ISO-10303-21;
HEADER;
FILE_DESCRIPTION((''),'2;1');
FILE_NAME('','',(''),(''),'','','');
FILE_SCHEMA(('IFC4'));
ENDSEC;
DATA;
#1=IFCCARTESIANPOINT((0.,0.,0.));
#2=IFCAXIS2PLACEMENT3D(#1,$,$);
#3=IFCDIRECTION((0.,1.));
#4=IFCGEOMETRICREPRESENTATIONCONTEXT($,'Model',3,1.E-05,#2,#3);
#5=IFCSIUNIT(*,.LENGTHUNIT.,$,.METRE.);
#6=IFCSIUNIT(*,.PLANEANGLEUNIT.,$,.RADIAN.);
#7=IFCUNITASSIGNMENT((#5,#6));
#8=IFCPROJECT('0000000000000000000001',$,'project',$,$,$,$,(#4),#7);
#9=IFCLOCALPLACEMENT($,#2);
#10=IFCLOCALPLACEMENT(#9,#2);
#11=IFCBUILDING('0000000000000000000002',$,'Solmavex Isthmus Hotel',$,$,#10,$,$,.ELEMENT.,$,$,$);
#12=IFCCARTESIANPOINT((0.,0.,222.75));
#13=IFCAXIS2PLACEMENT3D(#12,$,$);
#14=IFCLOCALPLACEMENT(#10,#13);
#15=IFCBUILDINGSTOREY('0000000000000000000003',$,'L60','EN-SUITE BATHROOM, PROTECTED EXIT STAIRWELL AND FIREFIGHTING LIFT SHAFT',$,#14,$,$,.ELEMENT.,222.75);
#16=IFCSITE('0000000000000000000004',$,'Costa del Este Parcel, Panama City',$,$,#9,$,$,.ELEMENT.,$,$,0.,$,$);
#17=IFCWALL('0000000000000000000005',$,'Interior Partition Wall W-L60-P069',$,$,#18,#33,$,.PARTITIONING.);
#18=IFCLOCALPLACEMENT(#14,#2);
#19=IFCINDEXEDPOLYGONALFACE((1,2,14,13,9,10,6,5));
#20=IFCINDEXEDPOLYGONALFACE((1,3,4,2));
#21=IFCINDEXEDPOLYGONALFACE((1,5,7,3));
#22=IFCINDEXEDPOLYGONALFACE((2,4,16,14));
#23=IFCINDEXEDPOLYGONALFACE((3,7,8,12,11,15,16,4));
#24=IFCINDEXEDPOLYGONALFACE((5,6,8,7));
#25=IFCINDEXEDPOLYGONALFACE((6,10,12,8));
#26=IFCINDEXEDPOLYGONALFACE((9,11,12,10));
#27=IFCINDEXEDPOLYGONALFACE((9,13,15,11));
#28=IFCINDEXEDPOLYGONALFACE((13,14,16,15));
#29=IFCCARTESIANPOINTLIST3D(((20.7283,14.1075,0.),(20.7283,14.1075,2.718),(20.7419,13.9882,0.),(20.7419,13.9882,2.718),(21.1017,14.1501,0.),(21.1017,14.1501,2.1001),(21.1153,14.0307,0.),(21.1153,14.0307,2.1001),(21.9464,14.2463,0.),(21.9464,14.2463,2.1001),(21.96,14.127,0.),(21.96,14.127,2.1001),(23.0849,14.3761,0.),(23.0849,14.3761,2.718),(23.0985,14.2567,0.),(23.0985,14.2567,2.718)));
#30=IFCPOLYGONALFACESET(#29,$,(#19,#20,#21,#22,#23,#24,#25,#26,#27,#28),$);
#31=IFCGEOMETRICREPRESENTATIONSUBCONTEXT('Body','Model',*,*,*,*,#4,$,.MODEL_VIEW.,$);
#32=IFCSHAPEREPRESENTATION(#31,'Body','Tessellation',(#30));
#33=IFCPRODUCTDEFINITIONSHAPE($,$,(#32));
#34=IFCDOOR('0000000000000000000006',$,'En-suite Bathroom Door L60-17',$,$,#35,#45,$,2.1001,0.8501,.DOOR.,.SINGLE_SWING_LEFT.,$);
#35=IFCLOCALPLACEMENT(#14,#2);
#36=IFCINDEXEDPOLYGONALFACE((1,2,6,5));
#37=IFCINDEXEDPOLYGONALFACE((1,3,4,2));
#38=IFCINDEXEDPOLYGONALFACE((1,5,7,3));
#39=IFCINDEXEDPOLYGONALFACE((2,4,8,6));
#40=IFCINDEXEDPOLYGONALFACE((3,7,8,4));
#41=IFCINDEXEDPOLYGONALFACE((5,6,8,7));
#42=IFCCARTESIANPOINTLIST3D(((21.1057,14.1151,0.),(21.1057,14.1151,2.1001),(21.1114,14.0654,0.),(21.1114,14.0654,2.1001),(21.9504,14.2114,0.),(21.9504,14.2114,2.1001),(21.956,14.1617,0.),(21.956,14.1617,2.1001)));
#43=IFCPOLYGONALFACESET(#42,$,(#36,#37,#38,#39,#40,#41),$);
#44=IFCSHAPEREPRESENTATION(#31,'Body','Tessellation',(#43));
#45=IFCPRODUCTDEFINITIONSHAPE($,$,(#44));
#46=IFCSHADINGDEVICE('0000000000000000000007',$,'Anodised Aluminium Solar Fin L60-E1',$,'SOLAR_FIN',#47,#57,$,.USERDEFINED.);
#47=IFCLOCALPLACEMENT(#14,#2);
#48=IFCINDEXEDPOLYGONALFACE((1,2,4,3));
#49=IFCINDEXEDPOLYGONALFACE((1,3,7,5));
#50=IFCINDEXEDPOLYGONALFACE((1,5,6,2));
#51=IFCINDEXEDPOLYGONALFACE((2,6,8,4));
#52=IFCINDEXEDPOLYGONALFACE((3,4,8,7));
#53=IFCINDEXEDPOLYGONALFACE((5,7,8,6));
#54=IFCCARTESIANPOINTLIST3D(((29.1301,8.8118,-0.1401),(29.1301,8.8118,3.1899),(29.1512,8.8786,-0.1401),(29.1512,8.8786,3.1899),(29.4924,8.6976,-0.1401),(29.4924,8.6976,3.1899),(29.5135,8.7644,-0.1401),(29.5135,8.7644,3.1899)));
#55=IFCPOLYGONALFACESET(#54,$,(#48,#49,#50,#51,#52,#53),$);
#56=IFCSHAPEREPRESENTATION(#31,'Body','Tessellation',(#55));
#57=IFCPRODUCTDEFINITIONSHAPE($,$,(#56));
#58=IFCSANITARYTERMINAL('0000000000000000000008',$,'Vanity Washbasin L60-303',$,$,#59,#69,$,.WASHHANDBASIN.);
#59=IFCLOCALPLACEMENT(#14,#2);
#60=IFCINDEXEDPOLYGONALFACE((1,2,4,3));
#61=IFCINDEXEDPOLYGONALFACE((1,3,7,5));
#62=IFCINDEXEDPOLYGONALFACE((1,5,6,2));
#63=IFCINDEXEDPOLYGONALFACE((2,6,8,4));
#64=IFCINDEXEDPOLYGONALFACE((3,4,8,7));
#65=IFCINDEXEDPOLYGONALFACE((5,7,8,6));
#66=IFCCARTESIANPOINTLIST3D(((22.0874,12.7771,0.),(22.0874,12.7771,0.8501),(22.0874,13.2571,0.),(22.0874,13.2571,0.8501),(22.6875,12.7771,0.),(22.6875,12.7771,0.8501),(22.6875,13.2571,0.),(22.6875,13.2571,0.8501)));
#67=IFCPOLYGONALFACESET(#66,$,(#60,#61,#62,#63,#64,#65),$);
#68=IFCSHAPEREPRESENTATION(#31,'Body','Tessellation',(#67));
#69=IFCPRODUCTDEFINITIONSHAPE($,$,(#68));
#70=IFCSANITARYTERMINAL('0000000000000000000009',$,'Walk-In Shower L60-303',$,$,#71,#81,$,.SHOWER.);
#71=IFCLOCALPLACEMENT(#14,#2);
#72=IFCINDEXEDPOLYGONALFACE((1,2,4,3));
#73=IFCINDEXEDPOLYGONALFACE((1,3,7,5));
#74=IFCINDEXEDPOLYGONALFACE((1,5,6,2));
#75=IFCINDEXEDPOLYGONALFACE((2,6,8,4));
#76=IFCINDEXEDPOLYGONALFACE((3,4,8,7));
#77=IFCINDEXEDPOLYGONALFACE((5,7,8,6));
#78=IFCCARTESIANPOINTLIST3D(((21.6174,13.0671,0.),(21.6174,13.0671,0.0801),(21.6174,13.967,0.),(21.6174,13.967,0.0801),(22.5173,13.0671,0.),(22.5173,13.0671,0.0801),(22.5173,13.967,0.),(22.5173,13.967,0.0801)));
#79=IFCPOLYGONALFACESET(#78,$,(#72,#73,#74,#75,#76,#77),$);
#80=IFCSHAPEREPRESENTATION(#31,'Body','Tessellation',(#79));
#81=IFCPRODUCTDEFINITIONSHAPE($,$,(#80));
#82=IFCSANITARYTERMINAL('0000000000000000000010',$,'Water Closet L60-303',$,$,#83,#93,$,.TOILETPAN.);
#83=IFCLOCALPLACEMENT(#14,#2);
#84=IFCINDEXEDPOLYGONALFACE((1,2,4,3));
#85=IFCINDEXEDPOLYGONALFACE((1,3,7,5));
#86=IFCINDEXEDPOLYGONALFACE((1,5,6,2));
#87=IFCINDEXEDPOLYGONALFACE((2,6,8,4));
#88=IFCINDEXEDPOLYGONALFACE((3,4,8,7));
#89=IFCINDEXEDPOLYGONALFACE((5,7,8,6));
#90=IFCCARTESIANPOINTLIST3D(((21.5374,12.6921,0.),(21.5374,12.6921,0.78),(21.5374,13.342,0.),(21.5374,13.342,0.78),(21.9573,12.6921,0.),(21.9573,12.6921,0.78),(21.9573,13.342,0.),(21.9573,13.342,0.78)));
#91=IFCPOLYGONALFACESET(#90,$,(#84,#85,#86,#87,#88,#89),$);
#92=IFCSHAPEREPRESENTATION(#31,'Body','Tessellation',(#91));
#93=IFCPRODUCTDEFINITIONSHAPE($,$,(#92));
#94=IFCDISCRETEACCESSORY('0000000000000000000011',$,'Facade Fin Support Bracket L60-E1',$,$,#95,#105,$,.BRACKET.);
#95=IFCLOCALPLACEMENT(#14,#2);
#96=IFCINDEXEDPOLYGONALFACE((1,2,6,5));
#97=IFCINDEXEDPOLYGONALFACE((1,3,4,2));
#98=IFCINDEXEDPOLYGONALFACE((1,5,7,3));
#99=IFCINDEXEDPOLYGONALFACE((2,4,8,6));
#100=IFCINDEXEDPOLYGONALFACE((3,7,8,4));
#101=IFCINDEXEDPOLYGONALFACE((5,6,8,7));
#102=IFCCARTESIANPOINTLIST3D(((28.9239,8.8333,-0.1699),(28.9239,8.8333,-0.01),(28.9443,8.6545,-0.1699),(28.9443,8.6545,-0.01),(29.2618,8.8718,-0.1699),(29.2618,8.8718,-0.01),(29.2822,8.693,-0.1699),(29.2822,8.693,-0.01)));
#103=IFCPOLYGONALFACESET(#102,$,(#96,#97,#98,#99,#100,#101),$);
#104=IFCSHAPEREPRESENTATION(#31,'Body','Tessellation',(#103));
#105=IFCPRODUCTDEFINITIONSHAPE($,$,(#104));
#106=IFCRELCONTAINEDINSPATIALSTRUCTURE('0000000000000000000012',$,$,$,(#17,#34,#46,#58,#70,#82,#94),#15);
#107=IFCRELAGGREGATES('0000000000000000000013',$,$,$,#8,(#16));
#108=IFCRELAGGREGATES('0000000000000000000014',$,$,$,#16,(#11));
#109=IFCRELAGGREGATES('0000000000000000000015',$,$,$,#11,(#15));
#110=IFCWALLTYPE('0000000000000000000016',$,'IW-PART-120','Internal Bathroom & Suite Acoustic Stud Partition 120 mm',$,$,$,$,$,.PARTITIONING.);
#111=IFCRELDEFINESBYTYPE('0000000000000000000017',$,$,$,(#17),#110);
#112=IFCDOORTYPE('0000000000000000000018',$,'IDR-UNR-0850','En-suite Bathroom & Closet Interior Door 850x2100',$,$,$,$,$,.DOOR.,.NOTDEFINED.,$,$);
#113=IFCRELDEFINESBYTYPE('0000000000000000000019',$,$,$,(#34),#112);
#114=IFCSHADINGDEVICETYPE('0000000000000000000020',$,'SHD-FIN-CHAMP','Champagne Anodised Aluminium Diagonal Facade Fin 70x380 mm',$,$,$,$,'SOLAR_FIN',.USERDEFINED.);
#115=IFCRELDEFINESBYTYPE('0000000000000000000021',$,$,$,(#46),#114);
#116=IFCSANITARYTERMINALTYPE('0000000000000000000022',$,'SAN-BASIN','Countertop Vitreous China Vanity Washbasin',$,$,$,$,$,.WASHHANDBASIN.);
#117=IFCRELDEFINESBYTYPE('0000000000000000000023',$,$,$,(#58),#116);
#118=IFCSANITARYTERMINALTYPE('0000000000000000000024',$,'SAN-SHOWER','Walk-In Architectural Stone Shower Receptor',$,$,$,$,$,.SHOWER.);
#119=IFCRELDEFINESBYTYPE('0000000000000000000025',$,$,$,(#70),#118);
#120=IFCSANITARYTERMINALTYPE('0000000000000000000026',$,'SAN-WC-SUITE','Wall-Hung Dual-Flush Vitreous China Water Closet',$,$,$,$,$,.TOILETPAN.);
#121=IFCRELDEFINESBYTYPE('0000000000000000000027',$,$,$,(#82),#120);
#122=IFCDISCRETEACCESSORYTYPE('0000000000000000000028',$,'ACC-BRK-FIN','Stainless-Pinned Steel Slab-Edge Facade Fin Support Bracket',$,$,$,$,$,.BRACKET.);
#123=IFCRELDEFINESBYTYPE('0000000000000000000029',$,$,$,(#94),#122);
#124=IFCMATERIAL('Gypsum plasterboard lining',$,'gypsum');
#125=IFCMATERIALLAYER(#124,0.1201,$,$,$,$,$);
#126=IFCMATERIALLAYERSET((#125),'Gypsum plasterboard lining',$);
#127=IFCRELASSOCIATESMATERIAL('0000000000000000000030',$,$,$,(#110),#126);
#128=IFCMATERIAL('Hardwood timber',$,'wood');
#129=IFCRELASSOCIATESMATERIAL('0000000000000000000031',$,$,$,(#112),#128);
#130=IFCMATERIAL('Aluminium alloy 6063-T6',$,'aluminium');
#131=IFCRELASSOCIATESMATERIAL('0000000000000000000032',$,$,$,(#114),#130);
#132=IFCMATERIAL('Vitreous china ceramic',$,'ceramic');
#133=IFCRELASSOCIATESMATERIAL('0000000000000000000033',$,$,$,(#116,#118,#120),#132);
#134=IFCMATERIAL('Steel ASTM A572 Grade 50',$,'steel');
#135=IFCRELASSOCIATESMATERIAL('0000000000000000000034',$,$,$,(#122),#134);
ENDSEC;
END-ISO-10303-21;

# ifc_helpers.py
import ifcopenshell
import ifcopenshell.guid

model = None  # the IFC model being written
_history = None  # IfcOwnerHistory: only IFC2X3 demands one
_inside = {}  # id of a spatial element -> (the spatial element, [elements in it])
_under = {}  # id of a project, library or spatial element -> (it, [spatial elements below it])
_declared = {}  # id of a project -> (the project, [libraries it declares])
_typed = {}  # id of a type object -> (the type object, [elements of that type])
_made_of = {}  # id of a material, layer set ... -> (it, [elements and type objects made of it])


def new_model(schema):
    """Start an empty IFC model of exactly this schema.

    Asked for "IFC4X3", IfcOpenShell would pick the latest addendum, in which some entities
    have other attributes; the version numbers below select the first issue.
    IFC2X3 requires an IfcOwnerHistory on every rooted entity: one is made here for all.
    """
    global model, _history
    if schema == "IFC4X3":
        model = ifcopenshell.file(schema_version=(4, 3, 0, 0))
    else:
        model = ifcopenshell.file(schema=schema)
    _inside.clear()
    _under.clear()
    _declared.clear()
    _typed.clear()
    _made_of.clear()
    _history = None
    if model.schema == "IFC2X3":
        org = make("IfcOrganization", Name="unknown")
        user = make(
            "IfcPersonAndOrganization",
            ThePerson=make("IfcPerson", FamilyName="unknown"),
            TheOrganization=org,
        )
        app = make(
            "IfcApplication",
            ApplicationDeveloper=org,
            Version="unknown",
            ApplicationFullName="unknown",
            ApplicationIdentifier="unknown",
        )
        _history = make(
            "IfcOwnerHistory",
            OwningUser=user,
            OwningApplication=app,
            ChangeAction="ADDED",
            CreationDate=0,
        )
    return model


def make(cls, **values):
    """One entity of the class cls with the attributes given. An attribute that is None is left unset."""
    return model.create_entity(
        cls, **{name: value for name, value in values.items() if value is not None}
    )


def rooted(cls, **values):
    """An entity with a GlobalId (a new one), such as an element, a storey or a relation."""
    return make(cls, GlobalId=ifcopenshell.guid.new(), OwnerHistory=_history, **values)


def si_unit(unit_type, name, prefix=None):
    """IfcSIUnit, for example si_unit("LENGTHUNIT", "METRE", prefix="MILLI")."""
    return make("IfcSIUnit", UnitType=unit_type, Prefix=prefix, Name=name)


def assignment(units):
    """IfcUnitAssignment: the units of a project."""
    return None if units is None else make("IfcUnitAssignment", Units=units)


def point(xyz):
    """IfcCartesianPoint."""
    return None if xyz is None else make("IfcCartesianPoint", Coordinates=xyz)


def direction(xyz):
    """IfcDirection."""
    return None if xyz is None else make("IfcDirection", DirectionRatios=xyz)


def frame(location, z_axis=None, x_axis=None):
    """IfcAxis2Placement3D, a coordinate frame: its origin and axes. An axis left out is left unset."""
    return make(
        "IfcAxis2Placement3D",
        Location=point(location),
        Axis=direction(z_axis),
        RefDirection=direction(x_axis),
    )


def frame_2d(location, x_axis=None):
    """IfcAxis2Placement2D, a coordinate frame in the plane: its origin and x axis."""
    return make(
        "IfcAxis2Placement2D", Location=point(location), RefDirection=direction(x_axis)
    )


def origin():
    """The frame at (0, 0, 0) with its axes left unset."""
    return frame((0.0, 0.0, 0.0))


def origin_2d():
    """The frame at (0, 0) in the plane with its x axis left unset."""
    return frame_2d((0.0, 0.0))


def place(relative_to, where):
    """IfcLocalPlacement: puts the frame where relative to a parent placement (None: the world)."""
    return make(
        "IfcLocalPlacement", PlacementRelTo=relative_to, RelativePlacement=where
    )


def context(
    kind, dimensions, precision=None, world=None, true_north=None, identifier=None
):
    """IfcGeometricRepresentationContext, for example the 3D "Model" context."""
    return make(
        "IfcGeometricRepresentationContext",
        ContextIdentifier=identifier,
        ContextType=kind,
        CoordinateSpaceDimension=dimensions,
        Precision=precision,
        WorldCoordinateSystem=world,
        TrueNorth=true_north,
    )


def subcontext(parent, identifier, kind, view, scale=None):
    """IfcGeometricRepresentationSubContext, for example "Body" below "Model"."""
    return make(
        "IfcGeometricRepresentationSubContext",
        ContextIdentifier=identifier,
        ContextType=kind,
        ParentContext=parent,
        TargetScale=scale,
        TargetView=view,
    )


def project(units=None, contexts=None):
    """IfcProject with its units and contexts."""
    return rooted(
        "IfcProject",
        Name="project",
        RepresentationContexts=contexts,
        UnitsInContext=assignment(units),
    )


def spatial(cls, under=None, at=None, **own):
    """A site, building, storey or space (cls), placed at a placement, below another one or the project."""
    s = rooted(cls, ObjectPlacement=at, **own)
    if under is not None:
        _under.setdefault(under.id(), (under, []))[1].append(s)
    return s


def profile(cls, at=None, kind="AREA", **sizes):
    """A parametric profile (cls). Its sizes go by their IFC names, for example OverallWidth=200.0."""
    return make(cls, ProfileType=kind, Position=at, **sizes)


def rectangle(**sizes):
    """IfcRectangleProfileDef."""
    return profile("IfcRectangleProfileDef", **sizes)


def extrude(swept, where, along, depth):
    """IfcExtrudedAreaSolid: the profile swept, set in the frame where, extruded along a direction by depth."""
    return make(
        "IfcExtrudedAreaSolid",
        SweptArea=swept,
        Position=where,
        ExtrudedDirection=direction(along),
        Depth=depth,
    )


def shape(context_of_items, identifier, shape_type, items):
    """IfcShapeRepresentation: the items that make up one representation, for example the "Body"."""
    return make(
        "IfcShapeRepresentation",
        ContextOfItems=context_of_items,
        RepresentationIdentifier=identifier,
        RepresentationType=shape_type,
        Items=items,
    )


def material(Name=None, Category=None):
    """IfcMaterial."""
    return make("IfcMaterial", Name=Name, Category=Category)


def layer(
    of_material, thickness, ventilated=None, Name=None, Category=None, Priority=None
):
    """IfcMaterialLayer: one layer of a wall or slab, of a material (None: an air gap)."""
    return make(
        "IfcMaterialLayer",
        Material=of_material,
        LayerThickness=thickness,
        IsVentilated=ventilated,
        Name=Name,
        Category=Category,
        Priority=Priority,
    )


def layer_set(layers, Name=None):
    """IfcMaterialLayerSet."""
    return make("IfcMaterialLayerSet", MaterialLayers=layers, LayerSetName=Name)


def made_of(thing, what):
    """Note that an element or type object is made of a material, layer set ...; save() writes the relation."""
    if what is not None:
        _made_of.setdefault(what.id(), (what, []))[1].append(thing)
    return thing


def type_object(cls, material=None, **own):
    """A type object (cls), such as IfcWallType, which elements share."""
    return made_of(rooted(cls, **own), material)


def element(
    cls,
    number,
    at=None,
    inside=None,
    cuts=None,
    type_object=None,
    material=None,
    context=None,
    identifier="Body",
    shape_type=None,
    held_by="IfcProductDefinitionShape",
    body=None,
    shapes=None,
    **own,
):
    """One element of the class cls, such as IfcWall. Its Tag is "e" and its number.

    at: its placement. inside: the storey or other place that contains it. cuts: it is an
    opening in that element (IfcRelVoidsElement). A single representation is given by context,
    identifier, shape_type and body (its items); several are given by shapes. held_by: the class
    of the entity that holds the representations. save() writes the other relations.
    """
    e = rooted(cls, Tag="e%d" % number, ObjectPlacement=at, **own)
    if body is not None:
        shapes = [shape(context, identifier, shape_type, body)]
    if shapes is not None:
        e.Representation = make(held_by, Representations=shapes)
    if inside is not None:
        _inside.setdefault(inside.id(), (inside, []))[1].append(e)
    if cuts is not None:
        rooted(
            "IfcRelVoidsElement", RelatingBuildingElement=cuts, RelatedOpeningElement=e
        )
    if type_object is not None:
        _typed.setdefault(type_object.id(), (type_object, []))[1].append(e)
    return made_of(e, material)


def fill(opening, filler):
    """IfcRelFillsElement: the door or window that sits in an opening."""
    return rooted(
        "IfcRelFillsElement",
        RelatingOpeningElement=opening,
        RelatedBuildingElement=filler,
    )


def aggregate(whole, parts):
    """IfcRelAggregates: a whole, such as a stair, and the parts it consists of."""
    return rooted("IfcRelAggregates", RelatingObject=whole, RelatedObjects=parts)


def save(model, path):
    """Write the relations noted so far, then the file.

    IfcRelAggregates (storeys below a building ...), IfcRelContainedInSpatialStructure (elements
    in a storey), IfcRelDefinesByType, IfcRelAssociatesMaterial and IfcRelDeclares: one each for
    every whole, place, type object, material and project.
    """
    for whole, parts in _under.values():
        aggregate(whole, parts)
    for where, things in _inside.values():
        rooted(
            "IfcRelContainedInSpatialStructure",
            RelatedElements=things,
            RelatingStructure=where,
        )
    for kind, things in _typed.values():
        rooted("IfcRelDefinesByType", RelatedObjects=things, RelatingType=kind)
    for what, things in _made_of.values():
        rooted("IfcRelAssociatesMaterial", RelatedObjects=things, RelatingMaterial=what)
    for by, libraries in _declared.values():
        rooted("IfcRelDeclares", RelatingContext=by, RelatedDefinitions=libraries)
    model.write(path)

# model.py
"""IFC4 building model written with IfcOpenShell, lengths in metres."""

from ifc_helpers import new_model, si_unit, direction, frame, frame_2d, origin, origin_2d, place, context, subcontext, project, spatial, rectangle, extrude, material, layer, layer_set, type_object, element, fill, save


model = new_model("IFC4")

# Units and contexts
model_context = context("Model", 3, precision=1e-05, world=origin(), true_north=direction((0.0, 1.0)))
body_context = subcontext(model_context, "Body", "Model", "MODEL_VIEW")
ifc_project = project(units=[si_unit("LENGTHUNIT", "METRE"), si_unit("PLANEANGLEUNIT", "RADIAN")], contexts=[model_context])

# Site, building, storey
site_placement = place(None, origin())
site = spatial("IfcSite", under=ifc_project, at=site_placement, Name="Costa del Este Parcel, Panama City", CompositionType="ELEMENT", RefElevation=0.0)
building_placement = place(site_placement, origin())
building = spatial("IfcBuilding", under=site, at=building_placement, Name="Solmavex Isthmus Hotel", CompositionType="ELEMENT")
storey_placement = place(building_placement, frame((0.0, 0.0, 222.75)))
storey = spatial("IfcBuildingStorey", under=building, at=storey_placement, Name="L60", Description="EN-SUITE BATHROOM, PROTECTED EXIT STAIRWELL AND FIREFIGHTING LIFT SHAFT", CompositionType="ELEMENT", Elevation=222.75)

# Shared definitions
ifc_material_1 = material(Name="Aluminium alloy 6063-T6", Category="aluminium")

# Shared definitions
ifc_material_2 = material(Name="Gypsum plasterboard lining", Category="gypsum")

# Shared definitions
ifc_material_3 = material(Name="Hardwood timber", Category="wood")

# Shared definitions
ifc_layer_1 = layer(ifc_material_2, 0.1201)
ifc_layer_set_1 = layer_set([ifc_layer_1], Name="Gypsum plasterboard lining")
wall_type_1 = type_object("IfcWallType", Name="IW-PART-120", Description="Internal Bathroom & Suite Acoustic Stud Partition 120 mm", PredefinedType="PARTITIONING", material=ifc_layer_set_1)

# Wall, opening, door
wall_1_placement = place(storey_placement, frame((23.0918, 14.3164, 0.0), z_axis=(0.0, 0.0, 1.0), x_axis=(-0.99357, -0.113221, 0.0)))
wall_1 = element("IfcWall", 1, at=wall_1_placement, inside=storey, type_object=wall_type_1, Name="Interior Partition Wall W-L60-P069", PredefinedType="PARTITIONING", context=body_context, shape_type="SweptSolid", body=[
    extrude(rectangle(XDim=2.3718, YDim=0.1201, at=frame_2d((1.186, 0.0))), origin(), (0.0, 0.0, 1.0), 2.718),
])
opening_1_placement = place(wall_1_placement, frame((1.146, 0.0, 0.0)))
opening_1 = element("IfcOpeningElement", 2, at=opening_1_placement, cuts=wall_1, PredefinedType="OPENING", context=body_context, shape_type="SweptSolid", body=[
    extrude(rectangle(XDim=0.8501, YDim=2.1001, at=frame_2d((0.425, 1.05))), frame((0.0, 0.0701, 0.0), z_axis=(0.0, -1.0, 0.0), x_axis=(1.0, 0.0, 0.0)), (0.0, 0.0, 1.0), 0.1401),
])
door_type_1 = type_object("IfcDoorType", Name="IDR-UNR-0850", Description="En-suite Bathroom & Closet Interior Door 850x2100", OperationType="NOTDEFINED", PredefinedType="DOOR", material=ifc_material_3)
door_1_placement = place(opening_1_placement, frame((0.8501, 0.0, 0.0), z_axis=(0.0, 0.0, 1.0), x_axis=(-1.0, 0.0, 0.0)))
door_1 = element("IfcDoor", 3, at=door_1_placement, inside=storey, type_object=door_type_1, Name="En-suite Bathroom Door L60-17", OperationType="SINGLE_SWING_LEFT", OverallHeight=2.1001, OverallWidth=0.8501, PredefinedType="DOOR", context=body_context, shape_type="SweptSolid", body=[
    extrude(rectangle(XDim=0.8501, YDim=2.1001, at=frame_2d((0.425, 1.05))), frame((0.0, 0.0249, 0.0), z_axis=(0.0, -1.0, 0.0), x_axis=(1.0, 0.0, 0.0)), (0.0, 0.0, 1.0), 0.05),
])
fill(opening_1, door_1)

# Shading device
shading_device_type = type_object("IfcShadingDeviceType", Name="SHD-FIN-CHAMP", Description="Champagne Anodised Aluminium Diagonal Facade Fin 70x380 mm", ElementType="SOLAR_FIN", PredefinedType="USERDEFINED", material=ifc_material_1)
shading_device_placement = place(storey_placement, frame((29.3218, 8.7881, -0.1401), z_axis=(0.0, 0.0, 1.0), x_axis=(0.953717, -0.300706, 0.0)))
element("IfcShadingDevice", 4, at=shading_device_placement, inside=storey, type_object=shading_device_type, Name="Anodised Aluminium Solar Fin L60-E1", ObjectType="SOLAR_FIN", PredefinedType="USERDEFINED", context=body_context, shape_type="SweptSolid", body=[
    extrude(rectangle(XDim=0.3799, YDim=0.0701, at=origin_2d()), origin(), (0.0, 0.0, 1.0), 3.3301),
])

# Sanitary terminals
ifc_material_4 = material(Name="Vitreous china ceramic", Category="ceramic")
sanitary_terminal_type_1 = type_object("IfcSanitaryTerminalType", Name="SAN-BASIN", Description="Countertop Vitreous China Vanity Washbasin", PredefinedType="WASHHANDBASIN", material=ifc_material_4)
sanitary_terminal_1_placement = place(storey_placement, frame((22.3875, 13.0171, 0.0), z_axis=(0.0, 0.0, 1.0), x_axis=(1.0, 0.0, 0.0)))
element("IfcSanitaryTerminal", 5, at=sanitary_terminal_1_placement, inside=storey, type_object=sanitary_terminal_type_1, Name="Vanity Washbasin L60-303", PredefinedType="WASHHANDBASIN", context=body_context, shape_type="SweptSolid", body=[
    extrude(rectangle(XDim=0.6001, YDim=0.48, at=origin_2d()), origin(), (0.0, 0.0, 1.0), 0.8501),
])
sanitary_terminal_type_2 = type_object("IfcSanitaryTerminalType", Name="SAN-SHOWER", Description="Walk-In Architectural Stone Shower Receptor", PredefinedType="SHOWER", material=ifc_material_4)
sanitary_terminal_2_placement = place(storey_placement, frame((22.0674, 13.5171, 0.0), z_axis=(0.0, 0.0, 1.0), x_axis=(1.0, 0.0, 0.0)))
element("IfcSanitaryTerminal", 6, at=sanitary_terminal_2_placement, inside=storey, type_object=sanitary_terminal_type_2, Name="Walk-In Shower L60-303", PredefinedType="SHOWER", context=body_context, shape_type="SweptSolid", body=[
    extrude(rectangle(XDim=0.8999, YDim=0.8999, at=origin_2d()), origin(), (0.0, 0.0, 1.0), 0.0801),
])
sanitary_terminal_type_3 = type_object("IfcSanitaryTerminalType", Name="SAN-WC-SUITE", Description="Wall-Hung Dual-Flush Vitreous China Water Closet", PredefinedType="TOILETPAN", material=ifc_material_4)
sanitary_terminal_3_placement = place(storey_placement, frame((21.7473, 13.0171, 0.0), z_axis=(0.0, 0.0, 1.0), x_axis=(1.0, 0.0, 0.0)))
element("IfcSanitaryTerminal", 7, at=sanitary_terminal_3_placement, inside=storey, type_object=sanitary_terminal_type_3, Name="Water Closet L60-303", PredefinedType="TOILETPAN", context=body_context, shape_type="SweptSolid", body=[
    extrude(rectangle(XDim=0.4199, YDim=0.6499, at=origin_2d()), origin(), (0.0, 0.0, 1.0), 0.78),
])

# Discrete accessory
ifc_material_5 = material(Name="Steel ASTM A572 Grade 50", Category="steel")
discrete_accessory_type = type_object("IfcDiscreteAccessoryType", Name="ACC-BRK-FIN", Description="Stainless-Pinned Steel Slab-Edge Facade Fin Support Bracket", PredefinedType="BRACKET", material=ifc_material_5)
discrete_accessory_placement = place(storey_placement, frame((29.103, 8.7632, -0.1699), z_axis=(0.0, 0.0, 1.0), x_axis=(0.993572, 0.113203, 0.0)))
element("IfcDiscreteAccessory", 8, at=discrete_accessory_placement, inside=storey, type_object=discrete_accessory_type, Name="Facade Fin Support Bracket L60-E1", PredefinedType="BRACKET", context=body_context, shape_type="SweptSolid", body=[
    extrude(rectangle(XDim=0.3401, YDim=0.1799, at=origin_2d()), origin(), (0.0, 0.0, 1.0), 0.1599),
])

save(model, "model.ifc")
